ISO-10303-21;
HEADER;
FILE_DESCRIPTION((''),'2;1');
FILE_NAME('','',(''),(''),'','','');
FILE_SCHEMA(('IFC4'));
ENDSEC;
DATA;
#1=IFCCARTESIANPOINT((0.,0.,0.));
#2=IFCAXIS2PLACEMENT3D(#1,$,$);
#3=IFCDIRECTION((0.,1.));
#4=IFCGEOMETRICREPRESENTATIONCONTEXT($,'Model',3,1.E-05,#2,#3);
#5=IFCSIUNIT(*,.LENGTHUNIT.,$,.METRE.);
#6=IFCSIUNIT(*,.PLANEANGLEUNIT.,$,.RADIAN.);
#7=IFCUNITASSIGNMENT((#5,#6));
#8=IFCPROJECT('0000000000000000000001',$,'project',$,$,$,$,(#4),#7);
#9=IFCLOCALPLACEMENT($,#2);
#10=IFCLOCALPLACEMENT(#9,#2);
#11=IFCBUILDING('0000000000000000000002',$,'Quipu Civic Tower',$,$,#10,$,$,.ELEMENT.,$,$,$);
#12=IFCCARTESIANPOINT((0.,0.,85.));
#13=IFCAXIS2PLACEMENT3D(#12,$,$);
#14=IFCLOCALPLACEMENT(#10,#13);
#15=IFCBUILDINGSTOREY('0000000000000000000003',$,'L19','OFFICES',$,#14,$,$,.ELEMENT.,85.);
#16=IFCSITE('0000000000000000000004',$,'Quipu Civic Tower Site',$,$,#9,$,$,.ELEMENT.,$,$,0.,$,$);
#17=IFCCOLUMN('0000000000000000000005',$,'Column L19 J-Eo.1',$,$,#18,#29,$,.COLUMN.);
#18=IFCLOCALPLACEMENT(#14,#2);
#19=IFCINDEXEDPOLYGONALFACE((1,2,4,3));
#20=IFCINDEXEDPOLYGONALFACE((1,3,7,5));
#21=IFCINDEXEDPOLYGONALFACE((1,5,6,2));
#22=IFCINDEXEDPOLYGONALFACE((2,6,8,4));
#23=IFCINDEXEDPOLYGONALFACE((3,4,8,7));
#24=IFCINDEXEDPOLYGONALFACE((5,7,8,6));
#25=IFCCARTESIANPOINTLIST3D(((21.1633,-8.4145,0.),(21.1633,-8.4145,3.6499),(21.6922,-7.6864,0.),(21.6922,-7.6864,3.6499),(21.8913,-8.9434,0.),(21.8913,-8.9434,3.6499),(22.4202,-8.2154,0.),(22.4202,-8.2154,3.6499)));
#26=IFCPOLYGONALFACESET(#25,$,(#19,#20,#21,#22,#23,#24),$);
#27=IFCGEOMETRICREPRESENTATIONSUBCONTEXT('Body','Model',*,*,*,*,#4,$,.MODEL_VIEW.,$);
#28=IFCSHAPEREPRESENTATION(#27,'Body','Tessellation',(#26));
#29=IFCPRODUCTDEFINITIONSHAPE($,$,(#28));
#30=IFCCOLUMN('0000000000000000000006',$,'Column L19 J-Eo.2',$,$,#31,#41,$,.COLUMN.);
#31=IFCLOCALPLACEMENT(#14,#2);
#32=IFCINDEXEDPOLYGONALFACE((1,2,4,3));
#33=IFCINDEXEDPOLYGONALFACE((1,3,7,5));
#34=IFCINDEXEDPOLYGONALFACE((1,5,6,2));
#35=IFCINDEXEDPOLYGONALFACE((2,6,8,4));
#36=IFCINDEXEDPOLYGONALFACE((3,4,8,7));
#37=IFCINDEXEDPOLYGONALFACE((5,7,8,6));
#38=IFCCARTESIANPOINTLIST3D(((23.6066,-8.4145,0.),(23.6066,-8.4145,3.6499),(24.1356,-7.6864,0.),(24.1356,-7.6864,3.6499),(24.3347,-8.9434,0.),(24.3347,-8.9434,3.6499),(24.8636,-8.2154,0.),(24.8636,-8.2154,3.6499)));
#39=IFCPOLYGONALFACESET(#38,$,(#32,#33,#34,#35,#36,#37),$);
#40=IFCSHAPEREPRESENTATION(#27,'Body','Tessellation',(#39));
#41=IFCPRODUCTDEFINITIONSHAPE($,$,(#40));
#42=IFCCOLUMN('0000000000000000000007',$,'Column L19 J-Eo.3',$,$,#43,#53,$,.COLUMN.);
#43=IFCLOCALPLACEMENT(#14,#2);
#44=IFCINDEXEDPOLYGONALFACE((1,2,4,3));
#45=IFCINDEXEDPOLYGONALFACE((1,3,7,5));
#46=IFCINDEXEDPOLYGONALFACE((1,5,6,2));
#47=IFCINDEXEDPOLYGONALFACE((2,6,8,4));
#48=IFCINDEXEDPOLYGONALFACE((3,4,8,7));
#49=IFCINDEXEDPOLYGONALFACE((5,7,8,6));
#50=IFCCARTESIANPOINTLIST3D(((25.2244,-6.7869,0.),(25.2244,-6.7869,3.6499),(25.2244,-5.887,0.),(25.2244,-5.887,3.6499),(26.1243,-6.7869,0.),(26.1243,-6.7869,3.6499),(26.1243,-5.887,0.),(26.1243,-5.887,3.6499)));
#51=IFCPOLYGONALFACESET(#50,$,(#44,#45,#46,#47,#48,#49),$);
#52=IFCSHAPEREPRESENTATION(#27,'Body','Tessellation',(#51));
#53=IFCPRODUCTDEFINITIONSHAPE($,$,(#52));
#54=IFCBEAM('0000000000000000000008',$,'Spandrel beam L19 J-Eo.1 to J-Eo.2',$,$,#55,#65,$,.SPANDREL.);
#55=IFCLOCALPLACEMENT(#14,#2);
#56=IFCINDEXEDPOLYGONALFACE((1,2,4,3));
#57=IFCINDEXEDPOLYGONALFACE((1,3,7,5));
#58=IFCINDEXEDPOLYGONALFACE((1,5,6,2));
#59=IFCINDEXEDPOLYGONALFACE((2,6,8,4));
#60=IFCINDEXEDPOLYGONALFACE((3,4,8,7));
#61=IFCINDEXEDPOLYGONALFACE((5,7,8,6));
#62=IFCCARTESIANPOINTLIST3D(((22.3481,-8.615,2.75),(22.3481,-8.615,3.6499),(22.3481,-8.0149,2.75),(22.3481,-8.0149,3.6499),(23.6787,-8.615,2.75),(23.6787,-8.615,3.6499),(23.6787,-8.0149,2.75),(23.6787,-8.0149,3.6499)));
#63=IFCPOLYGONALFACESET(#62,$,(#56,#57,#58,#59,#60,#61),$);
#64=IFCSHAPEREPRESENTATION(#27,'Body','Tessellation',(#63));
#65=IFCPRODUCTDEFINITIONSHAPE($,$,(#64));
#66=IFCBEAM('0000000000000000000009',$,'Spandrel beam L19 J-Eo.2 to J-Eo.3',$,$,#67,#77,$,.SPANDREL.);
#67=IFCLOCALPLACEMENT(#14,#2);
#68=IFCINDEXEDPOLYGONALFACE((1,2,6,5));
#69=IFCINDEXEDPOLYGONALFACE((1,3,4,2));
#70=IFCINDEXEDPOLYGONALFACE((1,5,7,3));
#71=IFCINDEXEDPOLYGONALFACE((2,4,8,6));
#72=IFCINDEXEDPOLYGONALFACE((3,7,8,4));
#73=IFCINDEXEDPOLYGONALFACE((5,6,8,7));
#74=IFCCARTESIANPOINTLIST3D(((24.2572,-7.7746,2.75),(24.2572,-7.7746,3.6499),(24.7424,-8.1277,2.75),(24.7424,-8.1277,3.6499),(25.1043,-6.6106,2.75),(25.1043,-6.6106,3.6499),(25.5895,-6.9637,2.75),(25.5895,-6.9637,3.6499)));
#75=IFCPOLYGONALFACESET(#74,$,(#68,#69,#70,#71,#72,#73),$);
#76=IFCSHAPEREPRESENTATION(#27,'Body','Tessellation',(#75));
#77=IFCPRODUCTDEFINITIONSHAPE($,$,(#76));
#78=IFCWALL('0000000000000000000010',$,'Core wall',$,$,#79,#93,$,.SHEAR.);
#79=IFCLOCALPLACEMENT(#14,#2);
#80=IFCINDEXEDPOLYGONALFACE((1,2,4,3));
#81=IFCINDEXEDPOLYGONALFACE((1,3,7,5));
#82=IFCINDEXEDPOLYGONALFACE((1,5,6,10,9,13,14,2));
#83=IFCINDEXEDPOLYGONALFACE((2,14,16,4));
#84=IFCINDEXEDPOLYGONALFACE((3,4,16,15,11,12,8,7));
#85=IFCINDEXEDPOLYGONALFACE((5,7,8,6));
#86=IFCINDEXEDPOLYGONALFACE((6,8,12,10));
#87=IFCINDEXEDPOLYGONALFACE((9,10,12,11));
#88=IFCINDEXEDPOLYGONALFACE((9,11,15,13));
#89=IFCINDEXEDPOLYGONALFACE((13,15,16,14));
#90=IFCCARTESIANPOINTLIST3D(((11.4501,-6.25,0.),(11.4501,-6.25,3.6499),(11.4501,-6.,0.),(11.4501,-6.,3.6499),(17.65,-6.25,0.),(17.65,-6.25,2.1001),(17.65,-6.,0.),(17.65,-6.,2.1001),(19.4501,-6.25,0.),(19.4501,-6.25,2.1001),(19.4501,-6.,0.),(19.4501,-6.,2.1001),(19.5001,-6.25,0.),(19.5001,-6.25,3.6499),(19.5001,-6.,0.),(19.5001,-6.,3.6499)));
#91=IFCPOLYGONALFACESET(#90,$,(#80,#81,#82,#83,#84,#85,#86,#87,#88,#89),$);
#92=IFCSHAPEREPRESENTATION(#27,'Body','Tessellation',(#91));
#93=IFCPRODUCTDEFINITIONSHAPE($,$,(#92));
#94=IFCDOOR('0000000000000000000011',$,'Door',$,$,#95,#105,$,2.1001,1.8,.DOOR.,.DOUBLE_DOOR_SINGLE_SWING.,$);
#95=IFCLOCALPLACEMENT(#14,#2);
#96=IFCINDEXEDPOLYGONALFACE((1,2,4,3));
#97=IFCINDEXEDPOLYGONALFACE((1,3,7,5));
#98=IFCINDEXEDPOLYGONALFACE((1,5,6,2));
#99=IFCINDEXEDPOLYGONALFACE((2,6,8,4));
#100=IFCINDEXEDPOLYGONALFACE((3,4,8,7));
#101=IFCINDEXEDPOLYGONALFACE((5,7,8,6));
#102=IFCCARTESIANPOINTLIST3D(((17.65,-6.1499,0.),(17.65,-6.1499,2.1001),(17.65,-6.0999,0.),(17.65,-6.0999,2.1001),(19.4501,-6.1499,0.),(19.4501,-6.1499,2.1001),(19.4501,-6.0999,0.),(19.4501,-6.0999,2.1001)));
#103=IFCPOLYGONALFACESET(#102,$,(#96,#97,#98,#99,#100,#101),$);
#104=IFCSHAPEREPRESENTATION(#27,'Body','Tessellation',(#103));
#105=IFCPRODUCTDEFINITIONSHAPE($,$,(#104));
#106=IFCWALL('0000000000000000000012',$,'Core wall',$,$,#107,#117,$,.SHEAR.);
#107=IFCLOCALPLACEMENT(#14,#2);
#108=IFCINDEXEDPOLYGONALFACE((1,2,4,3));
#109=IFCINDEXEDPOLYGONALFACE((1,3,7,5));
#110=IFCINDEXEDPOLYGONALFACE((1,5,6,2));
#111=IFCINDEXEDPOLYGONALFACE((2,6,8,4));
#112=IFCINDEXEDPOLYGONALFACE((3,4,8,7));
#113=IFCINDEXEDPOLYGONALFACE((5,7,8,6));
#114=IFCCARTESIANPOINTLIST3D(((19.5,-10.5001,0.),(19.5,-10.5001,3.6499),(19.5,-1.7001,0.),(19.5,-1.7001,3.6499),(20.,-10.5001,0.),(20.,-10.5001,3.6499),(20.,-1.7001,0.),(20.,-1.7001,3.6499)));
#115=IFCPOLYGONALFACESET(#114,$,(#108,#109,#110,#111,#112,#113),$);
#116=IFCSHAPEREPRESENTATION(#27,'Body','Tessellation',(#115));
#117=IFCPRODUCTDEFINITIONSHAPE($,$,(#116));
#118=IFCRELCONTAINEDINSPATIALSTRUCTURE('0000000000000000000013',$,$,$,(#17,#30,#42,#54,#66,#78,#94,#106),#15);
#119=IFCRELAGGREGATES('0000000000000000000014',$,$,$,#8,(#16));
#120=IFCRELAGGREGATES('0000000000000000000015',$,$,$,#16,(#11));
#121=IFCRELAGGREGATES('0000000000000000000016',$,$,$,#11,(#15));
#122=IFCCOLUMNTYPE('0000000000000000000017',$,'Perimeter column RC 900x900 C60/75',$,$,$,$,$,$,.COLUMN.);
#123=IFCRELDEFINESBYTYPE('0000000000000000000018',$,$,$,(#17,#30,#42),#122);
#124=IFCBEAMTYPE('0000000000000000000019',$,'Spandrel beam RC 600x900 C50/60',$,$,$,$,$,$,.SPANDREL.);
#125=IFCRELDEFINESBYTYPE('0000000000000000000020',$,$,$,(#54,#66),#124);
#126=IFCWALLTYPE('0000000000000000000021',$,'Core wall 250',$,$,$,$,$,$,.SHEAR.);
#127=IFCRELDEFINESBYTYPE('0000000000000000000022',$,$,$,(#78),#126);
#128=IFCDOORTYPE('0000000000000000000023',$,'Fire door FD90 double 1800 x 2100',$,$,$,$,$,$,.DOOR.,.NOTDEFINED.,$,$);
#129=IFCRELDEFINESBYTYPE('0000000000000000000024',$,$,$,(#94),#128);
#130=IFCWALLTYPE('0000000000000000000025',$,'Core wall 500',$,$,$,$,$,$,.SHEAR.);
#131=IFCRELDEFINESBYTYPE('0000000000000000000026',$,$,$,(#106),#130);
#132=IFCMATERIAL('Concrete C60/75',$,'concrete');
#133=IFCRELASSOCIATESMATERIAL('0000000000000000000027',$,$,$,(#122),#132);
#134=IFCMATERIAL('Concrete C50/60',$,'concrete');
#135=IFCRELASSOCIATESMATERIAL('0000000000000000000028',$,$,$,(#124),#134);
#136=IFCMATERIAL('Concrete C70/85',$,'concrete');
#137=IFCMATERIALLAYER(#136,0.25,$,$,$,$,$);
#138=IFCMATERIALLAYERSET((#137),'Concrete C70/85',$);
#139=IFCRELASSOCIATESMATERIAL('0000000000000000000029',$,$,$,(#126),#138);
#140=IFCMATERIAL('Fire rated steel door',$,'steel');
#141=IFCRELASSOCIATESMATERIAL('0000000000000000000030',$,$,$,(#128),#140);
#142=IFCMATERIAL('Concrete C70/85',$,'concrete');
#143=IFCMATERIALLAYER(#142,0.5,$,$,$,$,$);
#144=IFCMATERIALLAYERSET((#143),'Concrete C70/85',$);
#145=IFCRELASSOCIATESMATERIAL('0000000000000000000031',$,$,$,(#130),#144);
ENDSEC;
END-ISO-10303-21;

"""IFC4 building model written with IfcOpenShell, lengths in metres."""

from ifc_helpers import new_model, si_unit, direction, frame, frame_2d, origin, origin_2d, place, context, subcontext, project, spatial, rectangle, extrude, material, layer, layer_set, material_profile, profile_set, type_object, element, fill, save


model = new_model("IFC4")

# Units and contexts
model_context = context("Model", 3, precision=1e-05, world=origin(), true_north=direction((0.0, 1.0)))
body_context = subcontext(model_context, "Body", "Model", "MODEL_VIEW")
ifc_project = project(units=[si_unit("LENGTHUNIT", "METRE"), si_unit("PLANEANGLEUNIT", "RADIAN")], contexts=[model_context])

# Site, building, storey
site_placement = place(None, origin())
site = spatial("IfcSite", under=ifc_project, at=site_placement, Name="Quipu Civic Tower Site", CompositionType="ELEMENT", RefElevation=0.0)
building_placement = place(site_placement, origin())
building = spatial("IfcBuilding", under=site, at=building_placement, Name="Quipu Civic Tower", CompositionType="ELEMENT")
storey_placement = place(building_placement, frame((0.0, 0.0, 85.0)))
storey = spatial("IfcBuildingStorey", under=building, at=storey_placement, Name="L19", Description="OFFICES", CompositionType="ELEMENT", Elevation=85.0)

# Columns
ifc_material_1 = material(Name="Concrete C60/75", Category="concrete")
ifc_material_profile_1 = material_profile(ifc_material_1, rectangle(XDim=0.8999, YDim=0.8999, at=origin_2d()), Name="RC900x900")
ifc_profile_set_1 = profile_set([ifc_material_profile_1], Name="Concrete C60/75")
column_type = type_object("IfcColumnType", Name="Perimeter column RC 900x900 C60/75", PredefinedType="COLUMN", material=ifc_profile_set_1)
for number, where, z_axis, x_axis, name in (
    (1, (21.7917, -8.3149, 0.0), (0.0, 0.0, 1.0), (0.587785, 0.809017, 0.0), "Column L19 J-Eo.1"),
    (2, (24.2351, -8.3149, 0.0), (0.0, 0.0, 1.0), (0.587785, 0.809017, 0.0), "Column L19 J-Eo.2"),
    (3, (25.6743, -6.3369, 0.0), (0.0, 0.0, 1.0), (1.0, 0.0, 0.0), "Column L19 J-Eo.3"),
):
    element("IfcColumn", number, at=place(storey_placement, frame(where, z_axis=z_axis, x_axis=x_axis)), inside=storey, type_object=column_type, Name=name, PredefinedType="COLUMN", context=body_context, shape_type="SweptSolid", body=[
        extrude(rectangle(XDim=0.8999, YDim=0.8999, at=origin_2d()), origin(), (0.0, 0.0, 1.0), 3.6499),
    ])

# Beams
ifc_material_2 = material(Name="Concrete C50/60", Category="concrete")
ifc_material_profile_2 = material_profile(ifc_material_2, rectangle(XDim=0.6001, YDim=0.8999, at=origin_2d()), Name="RC600x900")
ifc_profile_set_2 = profile_set([ifc_material_profile_2], Name="Concrete C50/60")
beam_type = type_object("IfcBeamType", Name="Spandrel beam RC 600x900 C50/60", PredefinedType="SPANDREL", material=ifc_profile_set_2)
beam_1_placement = place(storey_placement, frame((22.3481, -8.3149, 3.2), z_axis=(1.0, 0.0, 0.0), x_axis=(0.0, 1.0, 0.0)))
element("IfcBeam", 4, at=beam_1_placement, inside=storey, type_object=beam_type, Name="Spandrel beam L19 J-Eo.1 to J-Eo.2", PredefinedType="SPANDREL", context=body_context, shape_type="SweptSolid", body=[
    extrude(rectangle(XDim=0.6001, YDim=0.8999, at=origin_2d()), origin(), (0.0, 0.0, 1.0), 1.3306),
])
beam_2_placement = place(storey_placement, frame((24.4998, -7.9512, 3.2), z_axis=(0.588434, 0.808545, 0.0), x_axis=(-0.808545, 0.588434, 0.0)))
element("IfcBeam", 5, at=beam_2_placement, inside=storey, type_object=beam_type, Name="Spandrel beam L19 J-Eo.2 to J-Eo.3", PredefinedType="SPANDREL", context=body_context, shape_type="SweptSolid", body=[
    extrude(rectangle(XDim=0.6001, YDim=0.8999, at=origin_2d()), origin(), (0.0, 0.0, 1.0), 1.4397),
])

# Wall, opening, door
ifc_material_3 = material(Name="Concrete C70/85", Category="concrete")
ifc_layer_1 = layer(ifc_material_3, 0.25)
ifc_layer_set_1 = layer_set([ifc_layer_1], Name="Concrete C70/85")
wall_type_1 = type_object("IfcWallType", Name="Core wall 250", PredefinedType="SHEAR", material=ifc_layer_set_1)
wall_1_placement = place(storey_placement, frame((19.5, -6.125, 0.0), z_axis=(0.0, 0.0, 1.0), x_axis=(-1.0, 0.0, 0.0)))
wall_1 = element("IfcWall", 6, at=wall_1_placement, inside=storey, type_object=wall_type_1, Name="Core wall", PredefinedType="SHEAR", context=body_context, shape_type="SweptSolid", body=[
    extrude(rectangle(XDim=8.05, YDim=0.25, at=frame_2d((4.0249, 0.0))), origin(), (0.0, 0.0, 1.0), 3.6499),
])
opening_1_placement = place(wall_1_placement, frame((0.05, 0.0, 0.0)))
opening_1 = element("IfcOpeningElement", 7, at=opening_1_placement, cuts=wall_1, PredefinedType="OPENING", context=body_context, shape_type="SweptSolid", body=[
    extrude(rectangle(XDim=1.8, YDim=2.1001, at=frame_2d((0.8999, 1.05))), frame((0.0, 0.135, 0.0), z_axis=(0.0, -1.0, 0.0), x_axis=(1.0, 0.0, 0.0)), (0.0, 0.0, 1.0), 0.27),
])
ifc_material_4 = material(Name="Fire rated steel door", Category="steel")
door_type_1 = type_object("IfcDoorType", Name="Fire door FD90 double 1800 x 2100", OperationType="NOTDEFINED", PredefinedType="DOOR", material=ifc_material_4)
door_1_placement = place(opening_1_placement, origin())
door_1 = element("IfcDoor", 8, at=door_1_placement, inside=storey, type_object=door_type_1, Name="Door", OperationType="DOUBLE_DOOR_SINGLE_SWING", OverallHeight=2.1001, OverallWidth=1.8, PredefinedType="DOOR", context=body_context, shape_type="SweptSolid", body=[
    extrude(rectangle(XDim=1.8, YDim=2.1001, at=frame_2d((0.8999, 1.05))), frame((0.0, 0.0249, 0.0), z_axis=(0.0, -1.0, 0.0), x_axis=(1.0, 0.0, 0.0)), (0.0, 0.0, 1.0), 0.05),
])
fill(opening_1, door_1)

# Wall
ifc_material_5 = material(Name="Concrete C70/85", Category="concrete")
ifc_layer_2 = layer(ifc_material_5, 0.5)
ifc_layer_set_2 = layer_set([ifc_layer_2], Name="Concrete C70/85")
wall_type_2 = type_object("IfcWallType", Name="Core wall 500", PredefinedType="SHEAR", material=ifc_layer_set_2)
wall_2_placement = place(storey_placement, frame((19.75, -10.5, 0.0), z_axis=(0.0, 0.0, 1.0), x_axis=(0.0, 1.0, 0.0)))
element("IfcWall", 9, at=wall_2_placement, inside=storey, type_object=wall_type_2, Name="Core wall", PredefinedType="SHEAR", context=body_context, shape_type="SweptSolid", body=[
    extrude(rectangle(XDim=8.8, YDim=0.5, at=frame_2d((4.3999, 0.0))), origin(), (0.0, 0.0, 1.0), 3.6499),
])

save(model, "model.ifc")
